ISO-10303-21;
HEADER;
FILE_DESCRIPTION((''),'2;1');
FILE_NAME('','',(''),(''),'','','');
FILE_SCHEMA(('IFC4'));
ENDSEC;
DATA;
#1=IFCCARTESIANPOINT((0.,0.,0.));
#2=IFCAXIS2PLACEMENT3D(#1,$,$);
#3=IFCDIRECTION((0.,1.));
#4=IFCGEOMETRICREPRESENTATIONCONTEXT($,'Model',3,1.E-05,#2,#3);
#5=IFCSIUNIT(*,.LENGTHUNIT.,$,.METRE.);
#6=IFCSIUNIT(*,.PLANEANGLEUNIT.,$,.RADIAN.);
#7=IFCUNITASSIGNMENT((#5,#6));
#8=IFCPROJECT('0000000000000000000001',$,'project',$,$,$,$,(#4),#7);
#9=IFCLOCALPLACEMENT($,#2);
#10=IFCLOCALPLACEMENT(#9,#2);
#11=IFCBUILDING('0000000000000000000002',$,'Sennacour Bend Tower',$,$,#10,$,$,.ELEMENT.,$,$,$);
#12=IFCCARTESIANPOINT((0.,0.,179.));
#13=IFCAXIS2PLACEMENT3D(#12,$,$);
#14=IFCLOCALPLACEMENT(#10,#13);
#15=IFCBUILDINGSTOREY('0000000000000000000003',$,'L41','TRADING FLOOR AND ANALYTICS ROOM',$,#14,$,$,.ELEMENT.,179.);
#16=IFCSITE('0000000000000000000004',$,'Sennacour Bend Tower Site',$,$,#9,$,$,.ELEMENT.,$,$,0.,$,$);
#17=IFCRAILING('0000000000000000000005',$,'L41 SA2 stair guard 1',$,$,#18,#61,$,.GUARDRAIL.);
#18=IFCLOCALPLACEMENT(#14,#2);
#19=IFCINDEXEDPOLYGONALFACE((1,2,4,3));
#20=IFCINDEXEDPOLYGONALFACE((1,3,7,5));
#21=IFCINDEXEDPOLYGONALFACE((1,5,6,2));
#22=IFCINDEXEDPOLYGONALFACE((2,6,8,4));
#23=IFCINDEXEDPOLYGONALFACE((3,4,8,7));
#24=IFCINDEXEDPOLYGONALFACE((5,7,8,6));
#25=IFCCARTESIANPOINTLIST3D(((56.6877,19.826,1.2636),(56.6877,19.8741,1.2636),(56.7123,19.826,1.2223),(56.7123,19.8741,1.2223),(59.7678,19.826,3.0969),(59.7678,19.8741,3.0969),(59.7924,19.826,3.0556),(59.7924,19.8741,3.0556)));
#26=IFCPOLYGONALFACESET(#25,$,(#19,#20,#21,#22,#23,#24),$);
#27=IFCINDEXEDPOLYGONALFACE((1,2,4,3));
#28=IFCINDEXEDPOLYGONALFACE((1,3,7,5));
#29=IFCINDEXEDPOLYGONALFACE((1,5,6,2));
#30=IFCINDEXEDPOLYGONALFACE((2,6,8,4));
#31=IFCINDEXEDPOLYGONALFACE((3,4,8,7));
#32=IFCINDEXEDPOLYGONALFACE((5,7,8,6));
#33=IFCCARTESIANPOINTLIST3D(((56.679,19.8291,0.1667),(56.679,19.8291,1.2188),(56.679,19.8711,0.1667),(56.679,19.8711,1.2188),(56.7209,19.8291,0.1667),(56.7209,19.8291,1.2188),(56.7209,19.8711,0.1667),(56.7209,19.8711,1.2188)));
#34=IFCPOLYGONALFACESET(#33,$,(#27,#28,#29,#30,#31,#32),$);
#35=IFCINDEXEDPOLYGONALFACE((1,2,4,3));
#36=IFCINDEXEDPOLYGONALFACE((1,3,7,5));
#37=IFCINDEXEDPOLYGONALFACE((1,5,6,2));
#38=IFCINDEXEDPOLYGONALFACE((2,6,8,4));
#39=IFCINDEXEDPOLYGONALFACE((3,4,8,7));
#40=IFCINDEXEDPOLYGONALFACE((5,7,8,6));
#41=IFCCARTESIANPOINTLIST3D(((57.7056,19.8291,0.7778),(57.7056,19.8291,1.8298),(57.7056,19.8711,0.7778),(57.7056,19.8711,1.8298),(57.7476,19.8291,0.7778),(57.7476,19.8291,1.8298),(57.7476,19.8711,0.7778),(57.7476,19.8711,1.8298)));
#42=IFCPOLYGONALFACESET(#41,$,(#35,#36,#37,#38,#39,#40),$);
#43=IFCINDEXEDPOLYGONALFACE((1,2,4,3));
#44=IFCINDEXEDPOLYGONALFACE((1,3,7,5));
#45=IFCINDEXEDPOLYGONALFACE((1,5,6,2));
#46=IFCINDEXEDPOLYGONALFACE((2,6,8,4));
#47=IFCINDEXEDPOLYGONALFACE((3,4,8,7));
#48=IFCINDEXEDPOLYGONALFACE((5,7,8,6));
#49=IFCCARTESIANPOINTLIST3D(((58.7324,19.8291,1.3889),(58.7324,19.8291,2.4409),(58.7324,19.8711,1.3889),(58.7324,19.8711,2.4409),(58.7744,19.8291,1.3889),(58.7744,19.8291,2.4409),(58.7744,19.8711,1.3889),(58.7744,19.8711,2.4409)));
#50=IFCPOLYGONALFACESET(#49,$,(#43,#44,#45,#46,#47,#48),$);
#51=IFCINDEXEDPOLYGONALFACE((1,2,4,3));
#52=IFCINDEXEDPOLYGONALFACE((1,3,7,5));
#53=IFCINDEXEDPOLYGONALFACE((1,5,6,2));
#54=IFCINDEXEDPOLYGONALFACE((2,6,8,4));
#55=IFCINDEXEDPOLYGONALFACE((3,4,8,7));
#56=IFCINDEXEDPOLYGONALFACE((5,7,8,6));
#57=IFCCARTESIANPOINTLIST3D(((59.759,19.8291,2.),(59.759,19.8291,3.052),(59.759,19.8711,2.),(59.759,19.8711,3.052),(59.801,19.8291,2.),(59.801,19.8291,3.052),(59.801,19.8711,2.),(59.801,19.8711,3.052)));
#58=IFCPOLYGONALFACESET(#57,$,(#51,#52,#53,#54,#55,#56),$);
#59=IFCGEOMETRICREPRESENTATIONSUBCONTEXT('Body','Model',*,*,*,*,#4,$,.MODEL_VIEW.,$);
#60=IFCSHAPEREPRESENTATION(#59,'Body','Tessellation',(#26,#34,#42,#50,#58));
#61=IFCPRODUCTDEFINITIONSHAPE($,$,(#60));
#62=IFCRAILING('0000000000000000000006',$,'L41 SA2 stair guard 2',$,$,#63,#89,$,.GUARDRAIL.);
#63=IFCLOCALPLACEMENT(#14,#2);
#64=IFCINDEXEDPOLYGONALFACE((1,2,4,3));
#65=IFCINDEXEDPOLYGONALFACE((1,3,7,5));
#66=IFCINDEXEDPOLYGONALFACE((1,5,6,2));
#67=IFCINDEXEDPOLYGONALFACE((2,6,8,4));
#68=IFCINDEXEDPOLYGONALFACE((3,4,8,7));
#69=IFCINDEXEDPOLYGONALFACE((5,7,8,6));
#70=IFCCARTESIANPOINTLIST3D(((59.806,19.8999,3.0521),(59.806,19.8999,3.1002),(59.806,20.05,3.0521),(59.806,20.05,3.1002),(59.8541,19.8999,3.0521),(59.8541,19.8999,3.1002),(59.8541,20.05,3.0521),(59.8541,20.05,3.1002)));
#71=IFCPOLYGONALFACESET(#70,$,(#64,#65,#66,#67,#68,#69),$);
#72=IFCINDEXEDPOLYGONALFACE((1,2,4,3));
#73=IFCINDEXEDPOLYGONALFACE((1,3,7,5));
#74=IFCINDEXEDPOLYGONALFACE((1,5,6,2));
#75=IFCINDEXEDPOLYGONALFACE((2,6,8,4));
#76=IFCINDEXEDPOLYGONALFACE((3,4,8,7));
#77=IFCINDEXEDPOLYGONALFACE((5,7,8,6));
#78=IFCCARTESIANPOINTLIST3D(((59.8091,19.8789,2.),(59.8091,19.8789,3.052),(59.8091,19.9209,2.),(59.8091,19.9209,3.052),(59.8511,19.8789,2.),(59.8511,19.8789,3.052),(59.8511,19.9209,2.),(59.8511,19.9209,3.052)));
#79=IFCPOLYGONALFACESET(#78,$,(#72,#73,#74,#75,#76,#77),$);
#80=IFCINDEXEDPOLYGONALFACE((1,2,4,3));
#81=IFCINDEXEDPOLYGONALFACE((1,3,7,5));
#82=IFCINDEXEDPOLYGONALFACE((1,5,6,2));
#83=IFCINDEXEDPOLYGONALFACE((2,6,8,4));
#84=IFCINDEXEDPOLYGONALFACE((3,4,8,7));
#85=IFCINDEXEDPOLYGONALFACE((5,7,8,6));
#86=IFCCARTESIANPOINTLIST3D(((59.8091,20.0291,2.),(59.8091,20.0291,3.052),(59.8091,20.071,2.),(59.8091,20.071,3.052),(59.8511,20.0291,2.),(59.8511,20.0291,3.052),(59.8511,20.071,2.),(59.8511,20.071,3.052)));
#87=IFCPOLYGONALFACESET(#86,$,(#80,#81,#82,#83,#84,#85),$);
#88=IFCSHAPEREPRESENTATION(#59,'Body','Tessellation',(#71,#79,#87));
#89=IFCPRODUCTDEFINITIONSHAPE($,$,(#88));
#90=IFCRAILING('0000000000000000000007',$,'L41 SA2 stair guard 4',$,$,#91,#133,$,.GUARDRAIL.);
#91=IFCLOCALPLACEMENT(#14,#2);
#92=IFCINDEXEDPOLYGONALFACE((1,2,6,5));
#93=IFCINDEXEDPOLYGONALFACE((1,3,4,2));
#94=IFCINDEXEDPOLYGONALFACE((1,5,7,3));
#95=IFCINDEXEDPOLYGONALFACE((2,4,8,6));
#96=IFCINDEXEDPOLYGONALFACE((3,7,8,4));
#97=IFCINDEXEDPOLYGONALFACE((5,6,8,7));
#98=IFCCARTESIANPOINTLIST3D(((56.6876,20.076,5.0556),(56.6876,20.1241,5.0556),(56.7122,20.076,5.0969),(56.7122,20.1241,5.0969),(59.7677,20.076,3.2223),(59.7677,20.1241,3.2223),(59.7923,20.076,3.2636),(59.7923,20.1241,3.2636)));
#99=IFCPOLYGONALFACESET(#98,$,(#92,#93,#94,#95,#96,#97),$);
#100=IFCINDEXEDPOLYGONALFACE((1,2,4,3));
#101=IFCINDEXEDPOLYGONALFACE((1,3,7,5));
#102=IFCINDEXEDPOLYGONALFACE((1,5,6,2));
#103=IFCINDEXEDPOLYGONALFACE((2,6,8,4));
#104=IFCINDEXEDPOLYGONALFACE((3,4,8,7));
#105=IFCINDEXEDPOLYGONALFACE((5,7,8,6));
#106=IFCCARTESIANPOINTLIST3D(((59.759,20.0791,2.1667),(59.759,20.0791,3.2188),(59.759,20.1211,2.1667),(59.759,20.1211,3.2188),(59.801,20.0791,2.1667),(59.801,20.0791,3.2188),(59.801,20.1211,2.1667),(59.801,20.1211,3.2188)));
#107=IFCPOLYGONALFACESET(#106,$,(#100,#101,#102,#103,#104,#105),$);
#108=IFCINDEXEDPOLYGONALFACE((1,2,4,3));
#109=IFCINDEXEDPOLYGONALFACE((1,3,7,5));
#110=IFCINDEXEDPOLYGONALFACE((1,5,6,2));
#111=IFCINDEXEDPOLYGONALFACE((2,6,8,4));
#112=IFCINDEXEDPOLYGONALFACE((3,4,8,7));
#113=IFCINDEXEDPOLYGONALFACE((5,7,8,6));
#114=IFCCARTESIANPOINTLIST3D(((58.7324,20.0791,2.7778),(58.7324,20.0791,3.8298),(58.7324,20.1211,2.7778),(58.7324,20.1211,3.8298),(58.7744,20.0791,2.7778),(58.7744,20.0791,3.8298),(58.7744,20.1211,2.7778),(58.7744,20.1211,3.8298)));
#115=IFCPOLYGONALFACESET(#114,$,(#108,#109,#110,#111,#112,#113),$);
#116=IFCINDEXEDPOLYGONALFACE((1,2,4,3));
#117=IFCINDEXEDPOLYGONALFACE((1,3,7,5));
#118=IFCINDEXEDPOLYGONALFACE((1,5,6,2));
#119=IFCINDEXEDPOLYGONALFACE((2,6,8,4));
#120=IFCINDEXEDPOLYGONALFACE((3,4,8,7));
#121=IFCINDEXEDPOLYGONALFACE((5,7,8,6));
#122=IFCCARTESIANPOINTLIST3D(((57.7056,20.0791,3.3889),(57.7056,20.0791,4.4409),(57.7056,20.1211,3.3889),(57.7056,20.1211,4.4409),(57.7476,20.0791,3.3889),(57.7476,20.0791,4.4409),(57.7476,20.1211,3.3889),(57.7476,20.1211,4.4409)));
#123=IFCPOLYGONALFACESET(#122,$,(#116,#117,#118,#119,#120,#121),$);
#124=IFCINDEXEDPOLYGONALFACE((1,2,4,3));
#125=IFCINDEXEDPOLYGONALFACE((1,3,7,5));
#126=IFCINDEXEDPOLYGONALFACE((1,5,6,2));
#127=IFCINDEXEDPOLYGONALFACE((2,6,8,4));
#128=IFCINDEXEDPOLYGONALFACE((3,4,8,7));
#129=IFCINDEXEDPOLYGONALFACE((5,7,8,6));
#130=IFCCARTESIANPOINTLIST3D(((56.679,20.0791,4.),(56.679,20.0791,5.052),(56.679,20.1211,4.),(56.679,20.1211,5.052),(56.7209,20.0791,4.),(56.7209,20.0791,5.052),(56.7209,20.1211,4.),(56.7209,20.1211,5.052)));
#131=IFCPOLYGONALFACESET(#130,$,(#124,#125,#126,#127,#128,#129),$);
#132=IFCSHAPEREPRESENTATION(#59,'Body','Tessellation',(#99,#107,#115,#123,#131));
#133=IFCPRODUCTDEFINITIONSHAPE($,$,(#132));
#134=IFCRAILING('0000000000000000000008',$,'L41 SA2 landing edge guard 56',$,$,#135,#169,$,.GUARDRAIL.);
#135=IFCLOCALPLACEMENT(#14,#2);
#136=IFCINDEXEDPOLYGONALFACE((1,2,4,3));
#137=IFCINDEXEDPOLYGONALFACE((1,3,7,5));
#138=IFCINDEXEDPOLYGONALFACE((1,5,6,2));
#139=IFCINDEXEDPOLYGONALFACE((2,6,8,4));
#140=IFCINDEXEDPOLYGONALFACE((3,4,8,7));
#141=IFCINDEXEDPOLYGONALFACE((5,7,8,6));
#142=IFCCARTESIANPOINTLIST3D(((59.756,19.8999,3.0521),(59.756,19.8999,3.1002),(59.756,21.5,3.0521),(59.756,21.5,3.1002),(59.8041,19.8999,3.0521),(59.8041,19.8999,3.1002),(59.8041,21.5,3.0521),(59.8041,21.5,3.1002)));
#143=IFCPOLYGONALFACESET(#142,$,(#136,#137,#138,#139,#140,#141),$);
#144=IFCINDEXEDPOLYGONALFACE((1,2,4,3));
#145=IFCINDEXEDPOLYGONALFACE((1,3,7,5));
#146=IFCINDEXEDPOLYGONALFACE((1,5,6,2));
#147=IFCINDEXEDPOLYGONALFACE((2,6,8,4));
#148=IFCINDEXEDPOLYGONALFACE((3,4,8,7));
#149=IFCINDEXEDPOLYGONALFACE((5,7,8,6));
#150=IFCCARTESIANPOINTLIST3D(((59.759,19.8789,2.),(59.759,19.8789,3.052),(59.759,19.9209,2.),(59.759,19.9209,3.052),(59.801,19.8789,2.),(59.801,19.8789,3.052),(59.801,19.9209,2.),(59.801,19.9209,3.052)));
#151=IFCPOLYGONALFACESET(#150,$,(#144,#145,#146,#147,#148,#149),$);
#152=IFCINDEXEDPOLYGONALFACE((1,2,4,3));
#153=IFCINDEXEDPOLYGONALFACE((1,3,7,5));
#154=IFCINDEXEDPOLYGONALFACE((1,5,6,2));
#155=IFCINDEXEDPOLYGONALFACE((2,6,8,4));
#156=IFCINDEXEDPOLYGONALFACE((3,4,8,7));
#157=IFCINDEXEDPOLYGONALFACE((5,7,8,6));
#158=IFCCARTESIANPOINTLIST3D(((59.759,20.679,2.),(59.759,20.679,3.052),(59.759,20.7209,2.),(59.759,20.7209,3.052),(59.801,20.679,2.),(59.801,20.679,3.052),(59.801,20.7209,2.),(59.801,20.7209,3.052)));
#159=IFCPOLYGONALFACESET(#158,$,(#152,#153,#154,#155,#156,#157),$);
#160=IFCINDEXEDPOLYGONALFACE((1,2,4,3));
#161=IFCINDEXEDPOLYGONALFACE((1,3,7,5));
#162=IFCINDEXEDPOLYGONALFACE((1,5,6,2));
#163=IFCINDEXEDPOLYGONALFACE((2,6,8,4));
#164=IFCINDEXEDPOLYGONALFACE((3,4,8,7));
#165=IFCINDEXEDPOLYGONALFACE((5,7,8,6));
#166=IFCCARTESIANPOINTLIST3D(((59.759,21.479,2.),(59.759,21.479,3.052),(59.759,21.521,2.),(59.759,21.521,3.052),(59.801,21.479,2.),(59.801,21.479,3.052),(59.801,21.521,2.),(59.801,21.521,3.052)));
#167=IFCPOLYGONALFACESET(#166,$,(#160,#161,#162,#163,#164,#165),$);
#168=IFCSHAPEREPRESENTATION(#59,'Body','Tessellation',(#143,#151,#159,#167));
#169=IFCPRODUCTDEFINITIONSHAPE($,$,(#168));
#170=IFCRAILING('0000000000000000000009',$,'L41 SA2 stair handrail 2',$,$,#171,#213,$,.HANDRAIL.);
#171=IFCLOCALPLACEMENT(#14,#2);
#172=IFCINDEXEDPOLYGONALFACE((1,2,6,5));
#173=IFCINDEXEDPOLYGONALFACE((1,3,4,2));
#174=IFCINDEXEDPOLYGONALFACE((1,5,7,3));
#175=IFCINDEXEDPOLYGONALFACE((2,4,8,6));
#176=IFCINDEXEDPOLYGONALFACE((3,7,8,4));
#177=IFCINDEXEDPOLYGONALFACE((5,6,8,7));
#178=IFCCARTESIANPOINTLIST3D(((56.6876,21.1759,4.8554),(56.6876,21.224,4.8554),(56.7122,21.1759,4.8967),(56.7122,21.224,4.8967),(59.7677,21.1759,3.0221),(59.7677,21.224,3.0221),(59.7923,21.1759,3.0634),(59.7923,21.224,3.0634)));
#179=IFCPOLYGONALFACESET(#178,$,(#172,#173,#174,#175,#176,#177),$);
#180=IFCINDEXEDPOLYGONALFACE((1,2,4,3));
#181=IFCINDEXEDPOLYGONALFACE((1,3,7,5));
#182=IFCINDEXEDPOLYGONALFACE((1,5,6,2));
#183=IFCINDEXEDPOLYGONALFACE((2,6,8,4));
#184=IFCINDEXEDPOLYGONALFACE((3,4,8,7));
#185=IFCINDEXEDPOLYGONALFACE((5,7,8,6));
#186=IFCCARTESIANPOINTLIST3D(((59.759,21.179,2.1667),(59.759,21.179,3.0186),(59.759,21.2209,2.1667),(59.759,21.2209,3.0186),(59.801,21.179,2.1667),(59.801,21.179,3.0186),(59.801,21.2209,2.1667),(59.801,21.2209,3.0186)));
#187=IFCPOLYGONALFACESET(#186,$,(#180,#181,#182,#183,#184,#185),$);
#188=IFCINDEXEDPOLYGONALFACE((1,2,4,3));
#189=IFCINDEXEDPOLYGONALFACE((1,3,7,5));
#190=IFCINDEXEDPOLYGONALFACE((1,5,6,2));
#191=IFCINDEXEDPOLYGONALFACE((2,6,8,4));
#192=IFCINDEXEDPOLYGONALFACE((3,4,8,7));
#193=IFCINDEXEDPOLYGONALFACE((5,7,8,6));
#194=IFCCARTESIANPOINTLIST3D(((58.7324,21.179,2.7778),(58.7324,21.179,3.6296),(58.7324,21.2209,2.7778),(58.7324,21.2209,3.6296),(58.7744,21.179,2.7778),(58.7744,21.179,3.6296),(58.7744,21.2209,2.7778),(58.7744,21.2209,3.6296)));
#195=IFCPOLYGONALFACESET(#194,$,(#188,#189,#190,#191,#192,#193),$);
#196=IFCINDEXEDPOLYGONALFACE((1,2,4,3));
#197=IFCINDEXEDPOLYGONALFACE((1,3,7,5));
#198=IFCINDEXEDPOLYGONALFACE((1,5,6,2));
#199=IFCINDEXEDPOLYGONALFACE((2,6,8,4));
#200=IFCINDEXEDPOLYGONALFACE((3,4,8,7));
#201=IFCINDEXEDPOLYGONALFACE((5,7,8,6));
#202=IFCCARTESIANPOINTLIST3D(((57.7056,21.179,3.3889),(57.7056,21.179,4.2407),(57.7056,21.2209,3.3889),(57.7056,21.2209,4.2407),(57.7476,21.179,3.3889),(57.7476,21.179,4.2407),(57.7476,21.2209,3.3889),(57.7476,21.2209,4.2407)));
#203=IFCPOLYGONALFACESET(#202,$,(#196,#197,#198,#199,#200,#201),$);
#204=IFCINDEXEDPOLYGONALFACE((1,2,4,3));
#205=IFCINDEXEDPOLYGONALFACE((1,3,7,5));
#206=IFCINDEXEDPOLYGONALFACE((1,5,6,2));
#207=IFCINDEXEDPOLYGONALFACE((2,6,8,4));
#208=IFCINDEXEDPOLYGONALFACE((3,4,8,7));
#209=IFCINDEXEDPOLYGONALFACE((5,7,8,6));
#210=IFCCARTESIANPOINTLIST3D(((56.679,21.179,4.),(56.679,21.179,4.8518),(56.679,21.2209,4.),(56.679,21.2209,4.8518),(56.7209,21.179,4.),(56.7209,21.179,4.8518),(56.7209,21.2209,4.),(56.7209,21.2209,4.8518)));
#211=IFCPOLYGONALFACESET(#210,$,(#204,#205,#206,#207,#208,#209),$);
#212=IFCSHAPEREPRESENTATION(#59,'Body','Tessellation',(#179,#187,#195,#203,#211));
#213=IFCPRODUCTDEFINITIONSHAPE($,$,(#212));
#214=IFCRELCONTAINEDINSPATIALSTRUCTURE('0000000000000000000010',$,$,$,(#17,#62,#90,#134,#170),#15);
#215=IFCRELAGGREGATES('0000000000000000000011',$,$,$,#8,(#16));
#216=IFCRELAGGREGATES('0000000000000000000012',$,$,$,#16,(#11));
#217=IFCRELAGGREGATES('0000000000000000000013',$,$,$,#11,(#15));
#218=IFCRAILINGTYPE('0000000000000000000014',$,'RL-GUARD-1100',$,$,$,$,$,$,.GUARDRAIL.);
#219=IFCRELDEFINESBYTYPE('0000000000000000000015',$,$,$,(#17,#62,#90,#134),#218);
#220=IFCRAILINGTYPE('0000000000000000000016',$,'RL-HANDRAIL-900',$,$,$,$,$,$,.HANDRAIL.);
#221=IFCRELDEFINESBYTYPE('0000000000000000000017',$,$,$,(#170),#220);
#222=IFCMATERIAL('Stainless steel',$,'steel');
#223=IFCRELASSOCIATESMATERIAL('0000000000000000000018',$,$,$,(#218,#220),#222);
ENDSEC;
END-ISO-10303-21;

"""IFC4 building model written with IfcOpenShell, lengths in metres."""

from ifc_helpers import new_model, si_unit, direction, frame, origin, origin_2d, place, context, subcontext, project, spatial, rectangle, extrude, material, type_object, element, save


model = new_model("IFC4")

# Units and contexts
model_context = context("Model", 3, precision=1e-05, world=origin(), true_north=direction((0.0, 1.0)))
body_context = subcontext(model_context, "Body", "Model", "MODEL_VIEW")
ifc_project = project(units=[si_unit("LENGTHUNIT", "METRE"), si_unit("PLANEANGLEUNIT", "RADIAN")], contexts=[model_context])

# Site, building, storey
site_placement = place(None, origin())
site = spatial("IfcSite", under=ifc_project, at=site_placement, Name="Sennacour Bend Tower Site", CompositionType="ELEMENT", RefElevation=0.0)
building_placement = place(site_placement, origin())
building = spatial("IfcBuilding", under=site, at=building_placement, Name="Sennacour Bend Tower", CompositionType="ELEMENT")
storey_placement = place(building_placement, frame((0.0, 0.0, 179.0)))
storey = spatial("IfcBuildingStorey", under=building, at=storey_placement, Name="L41", Description="TRADING FLOOR AND ANALYTICS ROOM", CompositionType="ELEMENT", Elevation=179.0)

# Shared definitions
ifc_material_1 = material(Name="Stainless steel", Category="steel")

# Railings
railing_type_1 = type_object("IfcRailingType", Name="RL-GUARD-1100", PredefinedType="GUARDRAIL", material=ifc_material_1)
railing_1_placement = place(storey_placement, frame((56.7, 19.8501, 0.1667)))
element("IfcRailing", 1, at=railing_1_placement, inside=storey, type_object=railing_type_1, Name="L41 SA2 stair guard 1", PredefinedType="GUARDRAIL", context=body_context, shape_type="SweptSolid", body=[
    extrude(rectangle(XDim=0.0481, YDim=0.0481, at=origin_2d()), frame((0.0, 0.0, 1.0762), z_axis=(0.859309, 0.0, 0.511458), x_axis=(0.0, 1.0, 0.0)), (0.0, 0.0, 1.0), 3.5845),
    extrude(rectangle(XDim=0.042, YDim=0.042, at=origin_2d()), origin(), (0.0, 0.0, 1.0), 1.052),
    extrude(rectangle(XDim=0.042, YDim=0.042, at=origin_2d()), frame((1.0266, 0.0, 0.6111)), (0.0, 0.0, 1.0), 1.052),
    extrude(rectangle(XDim=0.042, YDim=0.042, at=origin_2d()), frame((2.0535, 0.0, 1.2222)), (0.0, 0.0, 1.0), 1.052),
    extrude(rectangle(XDim=0.042, YDim=0.042, at=origin_2d()), frame((3.0801, 0.0, 1.8333)), (0.0, 0.0, 1.0), 1.052),
])
railing_2_placement = place(storey_placement, frame((59.8301, 19.8999, 2.0)))
element("IfcRailing", 2, at=railing_2_placement, inside=storey, type_object=railing_type_1, Name="L41 SA2 stair guard 2", PredefinedType="GUARDRAIL", context=body_context, shape_type="SweptSolid", body=[
    extrude(rectangle(XDim=0.0481, YDim=0.0481, at=origin_2d()), frame((0.0, 0.0, 1.0762), z_axis=(0.0, 1.0, 0.0), x_axis=(-1.0, 0.0, 0.0)), (0.0, 0.0, 1.0), 0.1501),
    extrude(rectangle(XDim=0.042, YDim=0.042, at=origin_2d()), origin(), (0.0, 0.0, 1.0), 1.052),
    extrude(rectangle(XDim=0.042, YDim=0.042, at=origin_2d()), frame((0.0, 0.1501, 0.0)), (0.0, 0.0, 1.0), 1.052),
])
railing_3_placement = place(storey_placement, frame((59.78, 20.1001, 2.1667)))
element("IfcRailing", 3, at=railing_3_placement, inside=storey, type_object=railing_type_1, Name="L41 SA2 stair guard 4", PredefinedType="GUARDRAIL", context=body_context, shape_type="SweptSolid", body=[
    extrude(rectangle(XDim=0.0481, YDim=0.0481, at=origin_2d()), frame((0.0, 0.0, 1.0762), z_axis=(-0.859309, 0.0, 0.511458), x_axis=(0.0, -1.0, 0.0)), (0.0, 0.0, 1.0), 3.5845),
    extrude(rectangle(XDim=0.042, YDim=0.042, at=origin_2d()), origin(), (0.0, 0.0, 1.0), 1.052),
    extrude(rectangle(XDim=0.042, YDim=0.042, at=origin_2d()), frame((-1.0266, 0.0, 0.6111)), (0.0, 0.0, 1.0), 1.052),
    extrude(rectangle(XDim=0.042, YDim=0.042, at=origin_2d()), frame((-2.0535, 0.0, 1.2222)), (0.0, 0.0, 1.0), 1.052),
    extrude(rectangle(XDim=0.042, YDim=0.042, at=origin_2d()), frame((-3.0801, 0.0, 1.8333)), (0.0, 0.0, 1.0), 1.052),
])
railing_4_placement = place(storey_placement, frame((59.78, 19.8999, 2.0)))
element("IfcRailing", 4, at=railing_4_placement, inside=storey, type_object=railing_type_1, Name="L41 SA2 landing edge guard 56", PredefinedType="GUARDRAIL", context=body_context, shape_type="SweptSolid", body=[
    extrude(rectangle(XDim=0.0481, YDim=0.0481, at=origin_2d()), frame((0.0, 0.0, 1.0762), z_axis=(0.0, 1.0, 0.0), x_axis=(-1.0, 0.0, 0.0)), (0.0, 0.0, 1.0), 1.6001),
    extrude(rectangle(XDim=0.042, YDim=0.042, at=origin_2d()), origin(), (0.0, 0.0, 1.0), 1.052),
    extrude(rectangle(XDim=0.042, YDim=0.042, at=origin_2d()), frame((0.0, 0.8, 0.0)), (0.0, 0.0, 1.0), 1.052),
    extrude(rectangle(XDim=0.042, YDim=0.042, at=origin_2d()), frame((0.0, 1.6001, 0.0)), (0.0, 0.0, 1.0), 1.052),
])
railing_type_2 = type_object("IfcRailingType", Name="RL-HANDRAIL-900", PredefinedType="HANDRAIL", material=ifc_material_1)
railing_5_placement = place(storey_placement, frame((59.78, 21.2, 2.1667)))
element("IfcRailing", 5, at=railing_5_placement, inside=storey, type_object=railing_type_2, Name="L41 SA2 stair handrail 2", PredefinedType="HANDRAIL", context=body_context, shape_type="SweptSolid", body=[
    extrude(rectangle(XDim=0.0481, YDim=0.0481, at=origin_2d()), frame((0.0, 0.0, 0.876), z_axis=(-0.859309, 0.0, 0.511458), x_axis=(0.0, -1.0, 0.0)), (0.0, 0.0, 1.0), 3.5845),
    extrude(rectangle(XDim=0.042, YDim=0.042, at=origin_2d()), origin(), (0.0, 0.0, 1.0), 0.8518),
    extrude(rectangle(XDim=0.042, YDim=0.042, at=origin_2d()), frame((-1.0266, 0.0, 0.6111)), (0.0, 0.0, 1.0), 0.8518),
    extrude(rectangle(XDim=0.042, YDim=0.042, at=origin_2d()), frame((-2.0535, 0.0, 1.2222)), (0.0, 0.0, 1.0), 0.8518),
    extrude(rectangle(XDim=0.042, YDim=0.042, at=origin_2d()), frame((-3.0801, 0.0, 1.8333)), (0.0, 0.0, 1.0), 0.8518),
])

save(model, "model.ifc")
